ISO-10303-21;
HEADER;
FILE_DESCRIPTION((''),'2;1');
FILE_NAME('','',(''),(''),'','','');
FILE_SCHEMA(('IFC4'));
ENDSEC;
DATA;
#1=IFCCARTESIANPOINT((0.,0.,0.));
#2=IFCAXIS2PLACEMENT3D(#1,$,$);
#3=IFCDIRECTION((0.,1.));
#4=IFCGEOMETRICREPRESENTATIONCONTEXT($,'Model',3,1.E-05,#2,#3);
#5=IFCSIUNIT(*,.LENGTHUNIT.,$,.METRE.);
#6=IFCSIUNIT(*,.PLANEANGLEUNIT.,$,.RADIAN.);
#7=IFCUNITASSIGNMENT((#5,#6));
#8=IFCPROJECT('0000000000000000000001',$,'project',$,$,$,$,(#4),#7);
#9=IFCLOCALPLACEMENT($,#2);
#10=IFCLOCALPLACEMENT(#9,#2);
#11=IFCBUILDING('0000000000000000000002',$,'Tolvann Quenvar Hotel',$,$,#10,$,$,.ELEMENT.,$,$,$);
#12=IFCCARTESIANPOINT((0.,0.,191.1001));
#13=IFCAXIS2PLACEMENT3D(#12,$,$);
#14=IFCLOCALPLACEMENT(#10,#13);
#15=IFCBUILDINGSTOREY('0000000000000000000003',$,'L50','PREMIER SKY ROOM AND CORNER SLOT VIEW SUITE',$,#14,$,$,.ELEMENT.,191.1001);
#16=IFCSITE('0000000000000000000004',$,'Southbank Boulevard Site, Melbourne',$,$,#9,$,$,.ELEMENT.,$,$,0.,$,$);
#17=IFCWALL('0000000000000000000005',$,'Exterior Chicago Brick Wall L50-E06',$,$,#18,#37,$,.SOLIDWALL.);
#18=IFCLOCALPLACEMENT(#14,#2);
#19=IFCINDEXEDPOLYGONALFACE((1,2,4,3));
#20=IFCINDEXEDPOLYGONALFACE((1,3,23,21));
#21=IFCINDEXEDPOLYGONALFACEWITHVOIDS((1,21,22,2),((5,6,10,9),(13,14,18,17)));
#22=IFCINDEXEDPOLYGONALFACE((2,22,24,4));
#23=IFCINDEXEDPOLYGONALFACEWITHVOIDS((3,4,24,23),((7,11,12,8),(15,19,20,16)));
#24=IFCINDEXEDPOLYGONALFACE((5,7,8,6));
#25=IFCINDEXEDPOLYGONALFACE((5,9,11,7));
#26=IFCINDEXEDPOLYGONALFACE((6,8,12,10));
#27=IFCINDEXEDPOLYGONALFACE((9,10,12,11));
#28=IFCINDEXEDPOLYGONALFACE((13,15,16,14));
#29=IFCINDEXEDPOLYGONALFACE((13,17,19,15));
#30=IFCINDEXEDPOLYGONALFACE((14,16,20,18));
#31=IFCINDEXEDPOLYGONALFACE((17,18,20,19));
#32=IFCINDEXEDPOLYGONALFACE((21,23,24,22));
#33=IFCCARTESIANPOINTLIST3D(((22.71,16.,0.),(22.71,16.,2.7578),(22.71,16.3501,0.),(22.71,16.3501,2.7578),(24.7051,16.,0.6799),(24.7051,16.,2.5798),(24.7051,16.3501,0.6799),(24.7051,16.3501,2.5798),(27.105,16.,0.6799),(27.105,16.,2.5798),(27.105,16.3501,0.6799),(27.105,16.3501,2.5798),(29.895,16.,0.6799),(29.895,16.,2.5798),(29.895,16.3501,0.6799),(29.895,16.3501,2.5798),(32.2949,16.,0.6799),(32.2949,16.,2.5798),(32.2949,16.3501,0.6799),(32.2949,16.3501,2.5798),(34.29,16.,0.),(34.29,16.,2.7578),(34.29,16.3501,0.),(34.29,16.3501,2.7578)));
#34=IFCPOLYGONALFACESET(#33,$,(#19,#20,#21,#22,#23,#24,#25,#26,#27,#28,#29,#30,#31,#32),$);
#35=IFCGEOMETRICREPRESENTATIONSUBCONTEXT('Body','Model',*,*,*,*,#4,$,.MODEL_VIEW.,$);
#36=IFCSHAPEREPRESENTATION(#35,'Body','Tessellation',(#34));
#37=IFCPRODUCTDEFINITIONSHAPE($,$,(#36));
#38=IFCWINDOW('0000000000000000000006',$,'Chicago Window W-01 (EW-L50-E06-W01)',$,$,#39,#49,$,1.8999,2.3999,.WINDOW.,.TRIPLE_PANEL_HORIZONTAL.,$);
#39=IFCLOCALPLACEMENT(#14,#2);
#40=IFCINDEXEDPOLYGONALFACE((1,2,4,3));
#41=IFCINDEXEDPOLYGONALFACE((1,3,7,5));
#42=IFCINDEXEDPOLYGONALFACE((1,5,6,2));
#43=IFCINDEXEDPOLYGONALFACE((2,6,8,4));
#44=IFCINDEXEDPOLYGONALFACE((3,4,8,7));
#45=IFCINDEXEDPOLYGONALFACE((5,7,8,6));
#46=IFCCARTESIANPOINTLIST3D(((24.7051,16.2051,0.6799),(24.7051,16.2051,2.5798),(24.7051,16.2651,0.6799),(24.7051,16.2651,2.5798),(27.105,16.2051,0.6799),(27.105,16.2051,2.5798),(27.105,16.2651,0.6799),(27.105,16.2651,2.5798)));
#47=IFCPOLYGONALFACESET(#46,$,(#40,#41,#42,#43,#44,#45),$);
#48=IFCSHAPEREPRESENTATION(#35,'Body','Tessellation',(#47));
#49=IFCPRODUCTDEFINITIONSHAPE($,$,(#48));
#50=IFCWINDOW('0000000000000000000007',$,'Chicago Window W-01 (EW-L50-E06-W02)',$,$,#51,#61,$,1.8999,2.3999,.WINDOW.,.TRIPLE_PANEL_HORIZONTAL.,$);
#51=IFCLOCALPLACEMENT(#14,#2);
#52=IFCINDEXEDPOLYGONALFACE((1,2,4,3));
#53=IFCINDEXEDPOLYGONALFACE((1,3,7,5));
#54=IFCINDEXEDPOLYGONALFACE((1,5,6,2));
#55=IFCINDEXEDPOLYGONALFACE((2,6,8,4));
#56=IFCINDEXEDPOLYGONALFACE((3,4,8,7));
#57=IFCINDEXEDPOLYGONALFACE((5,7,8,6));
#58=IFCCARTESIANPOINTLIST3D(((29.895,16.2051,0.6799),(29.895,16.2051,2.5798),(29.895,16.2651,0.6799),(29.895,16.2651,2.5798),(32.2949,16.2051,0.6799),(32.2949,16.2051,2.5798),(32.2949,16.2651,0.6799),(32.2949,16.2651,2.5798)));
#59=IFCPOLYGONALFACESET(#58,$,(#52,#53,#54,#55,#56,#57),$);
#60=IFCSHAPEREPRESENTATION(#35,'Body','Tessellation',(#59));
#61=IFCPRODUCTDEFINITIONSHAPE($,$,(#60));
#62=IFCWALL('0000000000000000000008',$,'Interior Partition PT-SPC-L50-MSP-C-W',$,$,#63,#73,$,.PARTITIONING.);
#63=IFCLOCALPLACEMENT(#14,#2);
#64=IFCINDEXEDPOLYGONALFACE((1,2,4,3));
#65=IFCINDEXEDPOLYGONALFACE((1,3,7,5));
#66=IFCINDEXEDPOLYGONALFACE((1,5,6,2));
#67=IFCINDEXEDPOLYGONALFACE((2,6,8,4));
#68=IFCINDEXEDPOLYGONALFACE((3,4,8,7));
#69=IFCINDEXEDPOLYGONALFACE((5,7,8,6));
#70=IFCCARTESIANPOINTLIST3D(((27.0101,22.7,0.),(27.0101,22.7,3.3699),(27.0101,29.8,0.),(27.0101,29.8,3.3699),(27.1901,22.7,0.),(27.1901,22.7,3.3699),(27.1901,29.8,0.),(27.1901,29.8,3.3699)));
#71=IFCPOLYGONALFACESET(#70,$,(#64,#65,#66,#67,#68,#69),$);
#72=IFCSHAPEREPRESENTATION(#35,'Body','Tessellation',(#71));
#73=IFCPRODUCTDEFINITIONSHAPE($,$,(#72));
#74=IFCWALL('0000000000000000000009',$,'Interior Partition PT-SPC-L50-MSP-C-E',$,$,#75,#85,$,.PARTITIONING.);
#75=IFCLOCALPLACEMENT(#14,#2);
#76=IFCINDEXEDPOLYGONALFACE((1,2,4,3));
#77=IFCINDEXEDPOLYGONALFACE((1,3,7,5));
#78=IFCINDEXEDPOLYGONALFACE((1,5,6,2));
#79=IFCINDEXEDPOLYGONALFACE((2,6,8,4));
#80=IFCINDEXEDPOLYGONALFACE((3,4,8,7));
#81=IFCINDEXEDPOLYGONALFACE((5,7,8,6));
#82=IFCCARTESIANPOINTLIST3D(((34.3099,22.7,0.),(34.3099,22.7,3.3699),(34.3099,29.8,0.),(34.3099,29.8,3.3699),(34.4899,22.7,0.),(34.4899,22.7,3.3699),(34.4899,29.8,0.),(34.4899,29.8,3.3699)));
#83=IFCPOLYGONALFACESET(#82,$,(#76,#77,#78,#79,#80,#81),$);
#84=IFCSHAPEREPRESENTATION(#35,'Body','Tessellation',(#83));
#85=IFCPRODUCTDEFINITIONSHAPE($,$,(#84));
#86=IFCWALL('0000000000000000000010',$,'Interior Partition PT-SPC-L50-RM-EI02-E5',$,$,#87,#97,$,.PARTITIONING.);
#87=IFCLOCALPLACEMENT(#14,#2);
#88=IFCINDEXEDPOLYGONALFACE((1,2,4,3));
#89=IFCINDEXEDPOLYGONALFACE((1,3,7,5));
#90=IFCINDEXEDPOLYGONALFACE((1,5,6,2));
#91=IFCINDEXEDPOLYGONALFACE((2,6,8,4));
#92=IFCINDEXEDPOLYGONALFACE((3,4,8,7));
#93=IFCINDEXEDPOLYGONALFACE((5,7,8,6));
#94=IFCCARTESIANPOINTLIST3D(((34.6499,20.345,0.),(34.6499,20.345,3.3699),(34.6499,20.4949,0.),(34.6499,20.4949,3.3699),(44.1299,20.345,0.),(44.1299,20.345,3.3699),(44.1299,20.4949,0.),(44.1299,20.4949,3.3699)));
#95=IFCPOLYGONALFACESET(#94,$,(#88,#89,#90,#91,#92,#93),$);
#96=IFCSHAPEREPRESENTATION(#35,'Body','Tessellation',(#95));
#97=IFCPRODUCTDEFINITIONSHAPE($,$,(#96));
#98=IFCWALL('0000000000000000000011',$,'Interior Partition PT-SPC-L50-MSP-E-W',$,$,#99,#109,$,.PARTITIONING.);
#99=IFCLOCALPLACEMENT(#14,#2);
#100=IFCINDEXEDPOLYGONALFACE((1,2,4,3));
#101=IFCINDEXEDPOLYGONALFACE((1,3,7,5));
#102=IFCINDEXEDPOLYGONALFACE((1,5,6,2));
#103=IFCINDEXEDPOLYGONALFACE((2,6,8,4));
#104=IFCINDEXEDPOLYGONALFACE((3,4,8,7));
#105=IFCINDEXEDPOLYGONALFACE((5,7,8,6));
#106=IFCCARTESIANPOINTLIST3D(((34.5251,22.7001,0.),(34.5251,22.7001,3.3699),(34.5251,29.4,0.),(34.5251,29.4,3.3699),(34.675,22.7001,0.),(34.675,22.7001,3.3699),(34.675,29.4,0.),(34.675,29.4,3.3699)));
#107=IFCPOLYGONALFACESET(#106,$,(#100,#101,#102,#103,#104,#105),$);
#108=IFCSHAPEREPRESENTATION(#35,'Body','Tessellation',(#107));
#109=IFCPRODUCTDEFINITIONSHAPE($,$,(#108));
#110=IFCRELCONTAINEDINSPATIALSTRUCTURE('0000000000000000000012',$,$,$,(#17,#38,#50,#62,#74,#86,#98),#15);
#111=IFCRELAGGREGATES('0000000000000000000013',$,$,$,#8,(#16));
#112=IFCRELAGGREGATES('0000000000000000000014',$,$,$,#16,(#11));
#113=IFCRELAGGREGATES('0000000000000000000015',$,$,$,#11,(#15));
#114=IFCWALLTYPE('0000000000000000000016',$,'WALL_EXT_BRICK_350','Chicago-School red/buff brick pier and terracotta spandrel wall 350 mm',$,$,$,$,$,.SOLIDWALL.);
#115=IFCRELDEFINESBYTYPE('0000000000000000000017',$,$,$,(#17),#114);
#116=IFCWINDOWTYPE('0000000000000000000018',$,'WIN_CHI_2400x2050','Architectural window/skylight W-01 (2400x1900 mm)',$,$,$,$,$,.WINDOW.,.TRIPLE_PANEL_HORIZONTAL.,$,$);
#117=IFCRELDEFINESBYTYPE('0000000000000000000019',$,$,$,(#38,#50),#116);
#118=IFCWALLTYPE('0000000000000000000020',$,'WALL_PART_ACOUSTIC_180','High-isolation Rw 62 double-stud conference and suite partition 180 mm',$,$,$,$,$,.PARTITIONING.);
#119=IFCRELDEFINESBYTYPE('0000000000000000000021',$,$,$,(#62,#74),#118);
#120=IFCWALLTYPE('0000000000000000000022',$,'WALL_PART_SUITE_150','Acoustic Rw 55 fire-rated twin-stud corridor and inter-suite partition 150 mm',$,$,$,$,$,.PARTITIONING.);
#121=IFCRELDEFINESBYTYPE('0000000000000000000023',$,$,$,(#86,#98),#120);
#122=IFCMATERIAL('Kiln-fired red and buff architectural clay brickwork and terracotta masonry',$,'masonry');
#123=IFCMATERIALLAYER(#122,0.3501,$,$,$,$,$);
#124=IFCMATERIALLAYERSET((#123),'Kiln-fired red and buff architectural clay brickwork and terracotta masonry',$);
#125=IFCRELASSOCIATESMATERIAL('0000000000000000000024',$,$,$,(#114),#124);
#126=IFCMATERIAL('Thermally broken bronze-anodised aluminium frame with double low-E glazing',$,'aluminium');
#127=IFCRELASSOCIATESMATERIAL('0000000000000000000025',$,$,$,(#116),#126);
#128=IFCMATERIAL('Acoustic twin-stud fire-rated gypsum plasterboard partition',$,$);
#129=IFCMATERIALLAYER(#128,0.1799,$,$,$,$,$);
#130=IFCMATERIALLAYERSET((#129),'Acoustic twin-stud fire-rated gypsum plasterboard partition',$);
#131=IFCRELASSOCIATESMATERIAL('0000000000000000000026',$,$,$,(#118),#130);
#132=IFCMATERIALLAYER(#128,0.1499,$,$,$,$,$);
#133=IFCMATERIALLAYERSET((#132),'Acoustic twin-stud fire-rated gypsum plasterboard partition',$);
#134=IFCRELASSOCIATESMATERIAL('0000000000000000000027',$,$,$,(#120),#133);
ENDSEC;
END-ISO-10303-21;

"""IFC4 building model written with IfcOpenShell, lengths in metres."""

from ifc_helpers import new_model, si_unit, direction, frame, frame_2d, origin, place, context, subcontext, project, spatial, rectangle, extrude, source, transform, mapped, material, layer, layer_set, type_object, type_shapes, element, fill, save


model = new_model("IFC4")

# Units and contexts
model_context = context("Model", 3, precision=1e-05, world=origin(), true_north=direction((0.0, 1.0)))
body_context = subcontext(model_context, "Body", "Model", "MODEL_VIEW")
ifc_project = project(units=[si_unit("LENGTHUNIT", "METRE"), si_unit("PLANEANGLEUNIT", "RADIAN")], contexts=[model_context])

# Site, building, storey
site_placement = place(None, origin())
site = spatial("IfcSite", under=ifc_project, at=site_placement, Name="Southbank Boulevard Site, Melbourne", CompositionType="ELEMENT", RefElevation=0.0)
building_placement = place(site_placement, origin())
building = spatial("IfcBuilding", under=site, at=building_placement, Name="Tolvann Quenvar Hotel", CompositionType="ELEMENT")
storey_placement = place(building_placement, frame((0.0, 0.0, 191.1001)))
storey = spatial("IfcBuildingStorey", under=building, at=storey_placement, Name="L50", Description="PREMIER SKY ROOM AND CORNER SLOT VIEW SUITE", CompositionType="ELEMENT", Elevation=191.1001)

# Wall, openings, windows
ifc_material_1 = material(Name="Kiln-fired red and buff architectural clay brickwork and terracotta masonry", Category="masonry")
ifc_layer_1 = layer(ifc_material_1, 0.3501)
ifc_layer_set_1 = layer_set([ifc_layer_1], Name="Kiln-fired red and buff architectural clay brickwork and terracotta masonry")
wall_type_1 = type_object("IfcWallType", Name="WALL_EXT_BRICK_350", Description="Chicago-School red/buff brick pier and terracotta spandrel wall 350 mm", PredefinedType="SOLIDWALL", material=ifc_layer_set_1)
wall_1_placement = place(storey_placement, frame((22.71, 16.175, 0.0), z_axis=(0.0, 0.0, 1.0), x_axis=(1.0, 0.0, 0.0)))
wall_1 = element("IfcWall", 1, at=wall_1_placement, inside=storey, type_object=wall_type_1, Name="Exterior Chicago Brick Wall L50-E06", PredefinedType="SOLIDWALL", context=body_context, shape_type="SweptSolid", body=[
    extrude(rectangle(XDim=11.5801, YDim=0.3501, at=frame_2d((5.79, 0.0))), origin(), (0.0, 0.0, 1.0), 2.7578),
])
opening_1_placement = place(wall_1_placement, frame((1.9951, 0.0, 0.6799)))
opening_1 = element("IfcOpeningElement", 2, at=opening_1_placement, cuts=wall_1, PredefinedType="OPENING", context=body_context, shape_type="SweptSolid", body=[
    extrude(rectangle(XDim=2.3999, YDim=1.8999, at=frame_2d((1.2, 0.95))), frame((0.0, 0.1851, 0.0), z_axis=(0.0, -1.0, 0.0), x_axis=(1.0, 0.0, 0.0)), (0.0, 0.0, 1.0), 0.3701),
])
opening_2_placement = place(wall_1_placement, frame((7.1851, 0.0, 0.6799)))
opening_2 = element("IfcOpeningElement", 3, at=opening_2_placement, cuts=wall_1, PredefinedType="OPENING", context=body_context, shape_type="SweptSolid", body=[
    extrude(rectangle(XDim=2.3999, YDim=1.8999, at=frame_2d((1.2, 0.95))), frame((0.0, 0.1851, 0.0), z_axis=(0.0, -1.0, 0.0), x_axis=(1.0, 0.0, 0.0)), (0.0, 0.0, 1.0), 0.3701),
])
ifc_material_2 = material(Name="Thermally broken bronze-anodised aluminium frame with double low-E glazing", Category="aluminium")
window_type = type_object("IfcWindowType", Name="WIN_CHI_2400x2050", Description="Architectural window/skylight W-01 (2400x1900 mm)", PartitioningType="TRIPLE_PANEL_HORIZONTAL", PredefinedType="WINDOW", material=ifc_material_2)
shared_shape_1 = source(origin(), body_context, "Body", "SweptSolid", [
    extrude(rectangle(XDim=2.3999, YDim=1.8999, at=frame_2d((1.2, 0.95))), frame((0.0, 0.0901, 0.0), z_axis=(0.0, -1.0, 0.0), x_axis=(1.0, 0.0, 0.0)), (0.0, 0.0, 1.0), 0.0601),
])
type_shapes(window_type, [shared_shape_1])
window_1_placement = place(opening_1_placement, origin())
window_1 = element("IfcWindow", 4, at=window_1_placement, inside=storey, type_object=window_type, Name="Chicago Window W-01 (EW-L50-E06-W01)", OverallHeight=1.8999, OverallWidth=2.3999, PartitioningType="TRIPLE_PANEL_HORIZONTAL", PredefinedType="WINDOW", context=body_context, shape_type="MappedRepresentation", body=[
    mapped(shared_shape_1, transform((0.0, 0.0, 0.0), x_axis=(1.0, 0.0, 0.0), y_axis=(0.0, 1.0, 0.0), z_axis=(0.0, 0.0, 1.0), scale=1.0)),
])
fill(opening_1, window_1)
window_2_placement = place(opening_2_placement, origin())
window_2 = element("IfcWindow", 5, at=window_2_placement, inside=storey, type_object=window_type, Name="Chicago Window W-01 (EW-L50-E06-W02)", OverallHeight=1.8999, OverallWidth=2.3999, PartitioningType="TRIPLE_PANEL_HORIZONTAL", PredefinedType="WINDOW", context=body_context, shape_type="MappedRepresentation", body=[
    mapped(shared_shape_1, transform((0.0, 0.0, 0.0), x_axis=(1.0, 0.0, 0.0), y_axis=(0.0, 1.0, 0.0), z_axis=(0.0, 0.0, 1.0), scale=1.0)),
])
fill(opening_2, window_2)

# Shared definitions
ifc_material_3 = material(Name="Acoustic twin-stud fire-rated gypsum plasterboard partition")
ifc_layer_2 = layer(ifc_material_3, 0.1799)
ifc_layer_set_2 = layer_set([ifc_layer_2], Name="Acoustic twin-stud fire-rated gypsum plasterboard partition")
wall_type_2 = type_object("IfcWallType", Name="WALL_PART_ACOUSTIC_180", Description="High-isolation Rw 62 double-stud conference and suite partition 180 mm", PredefinedType="PARTITIONING", material=ifc_layer_set_2)

# Walls
for number, where, z_axis, x_axis, name in (
    (6, (27.1001, 22.7, 0.0), (0.0, 0.0, 1.0), (0.0, 1.0, 0.0), "Interior Partition PT-SPC-L50-MSP-C-W"),
    (7, (34.3999, 22.7, 0.0), (0.0, 0.0, 1.0), (0.0, 1.0, 0.0), "Interior Partition PT-SPC-L50-MSP-C-E"),
):
    element("IfcWall", number, at=place(storey_placement, frame(where, z_axis=z_axis, x_axis=x_axis)), inside=storey, type_object=wall_type_2, Name=name, PredefinedType="PARTITIONING", context=body_context, shape_type="SweptSolid", body=[
        extrude(rectangle(XDim=7.1001, YDim=0.1799, at=frame_2d((3.55, 0.0))), origin(), (0.0, 0.0, 1.0), 3.3699),
    ])
ifc_layer_3 = layer(ifc_material_3, 0.1499)
ifc_layer_set_3 = layer_set([ifc_layer_3], Name="Acoustic twin-stud fire-rated gypsum plasterboard partition")
wall_type_3 = type_object("IfcWallType", Name="WALL_PART_SUITE_150", Description="Acoustic Rw 55 fire-rated twin-stud corridor and inter-suite partition 150 mm", PredefinedType="PARTITIONING", material=ifc_layer_set_3)
wall_2_placement = place(storey_placement, frame((34.6499, 20.4199, 0.0), z_axis=(0.0, 0.0, 1.0), x_axis=(1.0, 0.0, 0.0)))
element("IfcWall", 8, at=wall_2_placement, inside=storey, type_object=wall_type_3, Name="Interior Partition PT-SPC-L50-RM-EI02-E5", PredefinedType="PARTITIONING", context=body_context, shape_type="SweptSolid", body=[
    extrude(rectangle(XDim=9.48, YDim=0.1499, at=frame_2d((4.74, 0.0))), origin(), (0.0, 0.0, 1.0), 3.3699),
])

# Wall
wall_3_placement = place(storey_placement, frame((34.6001, 22.7, 0.0), z_axis=(0.0, 0.0, 1.0), x_axis=(0.0, 1.0, 0.0)))
element("IfcWall", 9, at=wall_3_placement, inside=storey, type_object=wall_type_3, Name="Interior Partition PT-SPC-L50-MSP-E-W", PredefinedType="PARTITIONING", context=body_context, shape_type="SweptSolid", body=[
    extrude(rectangle(XDim=6.7, YDim=0.1499, at=frame_2d((3.3501, 0.0))), origin(), (0.0, 0.0, 1.0), 3.3699),
])

save(model, "model.ifc")
